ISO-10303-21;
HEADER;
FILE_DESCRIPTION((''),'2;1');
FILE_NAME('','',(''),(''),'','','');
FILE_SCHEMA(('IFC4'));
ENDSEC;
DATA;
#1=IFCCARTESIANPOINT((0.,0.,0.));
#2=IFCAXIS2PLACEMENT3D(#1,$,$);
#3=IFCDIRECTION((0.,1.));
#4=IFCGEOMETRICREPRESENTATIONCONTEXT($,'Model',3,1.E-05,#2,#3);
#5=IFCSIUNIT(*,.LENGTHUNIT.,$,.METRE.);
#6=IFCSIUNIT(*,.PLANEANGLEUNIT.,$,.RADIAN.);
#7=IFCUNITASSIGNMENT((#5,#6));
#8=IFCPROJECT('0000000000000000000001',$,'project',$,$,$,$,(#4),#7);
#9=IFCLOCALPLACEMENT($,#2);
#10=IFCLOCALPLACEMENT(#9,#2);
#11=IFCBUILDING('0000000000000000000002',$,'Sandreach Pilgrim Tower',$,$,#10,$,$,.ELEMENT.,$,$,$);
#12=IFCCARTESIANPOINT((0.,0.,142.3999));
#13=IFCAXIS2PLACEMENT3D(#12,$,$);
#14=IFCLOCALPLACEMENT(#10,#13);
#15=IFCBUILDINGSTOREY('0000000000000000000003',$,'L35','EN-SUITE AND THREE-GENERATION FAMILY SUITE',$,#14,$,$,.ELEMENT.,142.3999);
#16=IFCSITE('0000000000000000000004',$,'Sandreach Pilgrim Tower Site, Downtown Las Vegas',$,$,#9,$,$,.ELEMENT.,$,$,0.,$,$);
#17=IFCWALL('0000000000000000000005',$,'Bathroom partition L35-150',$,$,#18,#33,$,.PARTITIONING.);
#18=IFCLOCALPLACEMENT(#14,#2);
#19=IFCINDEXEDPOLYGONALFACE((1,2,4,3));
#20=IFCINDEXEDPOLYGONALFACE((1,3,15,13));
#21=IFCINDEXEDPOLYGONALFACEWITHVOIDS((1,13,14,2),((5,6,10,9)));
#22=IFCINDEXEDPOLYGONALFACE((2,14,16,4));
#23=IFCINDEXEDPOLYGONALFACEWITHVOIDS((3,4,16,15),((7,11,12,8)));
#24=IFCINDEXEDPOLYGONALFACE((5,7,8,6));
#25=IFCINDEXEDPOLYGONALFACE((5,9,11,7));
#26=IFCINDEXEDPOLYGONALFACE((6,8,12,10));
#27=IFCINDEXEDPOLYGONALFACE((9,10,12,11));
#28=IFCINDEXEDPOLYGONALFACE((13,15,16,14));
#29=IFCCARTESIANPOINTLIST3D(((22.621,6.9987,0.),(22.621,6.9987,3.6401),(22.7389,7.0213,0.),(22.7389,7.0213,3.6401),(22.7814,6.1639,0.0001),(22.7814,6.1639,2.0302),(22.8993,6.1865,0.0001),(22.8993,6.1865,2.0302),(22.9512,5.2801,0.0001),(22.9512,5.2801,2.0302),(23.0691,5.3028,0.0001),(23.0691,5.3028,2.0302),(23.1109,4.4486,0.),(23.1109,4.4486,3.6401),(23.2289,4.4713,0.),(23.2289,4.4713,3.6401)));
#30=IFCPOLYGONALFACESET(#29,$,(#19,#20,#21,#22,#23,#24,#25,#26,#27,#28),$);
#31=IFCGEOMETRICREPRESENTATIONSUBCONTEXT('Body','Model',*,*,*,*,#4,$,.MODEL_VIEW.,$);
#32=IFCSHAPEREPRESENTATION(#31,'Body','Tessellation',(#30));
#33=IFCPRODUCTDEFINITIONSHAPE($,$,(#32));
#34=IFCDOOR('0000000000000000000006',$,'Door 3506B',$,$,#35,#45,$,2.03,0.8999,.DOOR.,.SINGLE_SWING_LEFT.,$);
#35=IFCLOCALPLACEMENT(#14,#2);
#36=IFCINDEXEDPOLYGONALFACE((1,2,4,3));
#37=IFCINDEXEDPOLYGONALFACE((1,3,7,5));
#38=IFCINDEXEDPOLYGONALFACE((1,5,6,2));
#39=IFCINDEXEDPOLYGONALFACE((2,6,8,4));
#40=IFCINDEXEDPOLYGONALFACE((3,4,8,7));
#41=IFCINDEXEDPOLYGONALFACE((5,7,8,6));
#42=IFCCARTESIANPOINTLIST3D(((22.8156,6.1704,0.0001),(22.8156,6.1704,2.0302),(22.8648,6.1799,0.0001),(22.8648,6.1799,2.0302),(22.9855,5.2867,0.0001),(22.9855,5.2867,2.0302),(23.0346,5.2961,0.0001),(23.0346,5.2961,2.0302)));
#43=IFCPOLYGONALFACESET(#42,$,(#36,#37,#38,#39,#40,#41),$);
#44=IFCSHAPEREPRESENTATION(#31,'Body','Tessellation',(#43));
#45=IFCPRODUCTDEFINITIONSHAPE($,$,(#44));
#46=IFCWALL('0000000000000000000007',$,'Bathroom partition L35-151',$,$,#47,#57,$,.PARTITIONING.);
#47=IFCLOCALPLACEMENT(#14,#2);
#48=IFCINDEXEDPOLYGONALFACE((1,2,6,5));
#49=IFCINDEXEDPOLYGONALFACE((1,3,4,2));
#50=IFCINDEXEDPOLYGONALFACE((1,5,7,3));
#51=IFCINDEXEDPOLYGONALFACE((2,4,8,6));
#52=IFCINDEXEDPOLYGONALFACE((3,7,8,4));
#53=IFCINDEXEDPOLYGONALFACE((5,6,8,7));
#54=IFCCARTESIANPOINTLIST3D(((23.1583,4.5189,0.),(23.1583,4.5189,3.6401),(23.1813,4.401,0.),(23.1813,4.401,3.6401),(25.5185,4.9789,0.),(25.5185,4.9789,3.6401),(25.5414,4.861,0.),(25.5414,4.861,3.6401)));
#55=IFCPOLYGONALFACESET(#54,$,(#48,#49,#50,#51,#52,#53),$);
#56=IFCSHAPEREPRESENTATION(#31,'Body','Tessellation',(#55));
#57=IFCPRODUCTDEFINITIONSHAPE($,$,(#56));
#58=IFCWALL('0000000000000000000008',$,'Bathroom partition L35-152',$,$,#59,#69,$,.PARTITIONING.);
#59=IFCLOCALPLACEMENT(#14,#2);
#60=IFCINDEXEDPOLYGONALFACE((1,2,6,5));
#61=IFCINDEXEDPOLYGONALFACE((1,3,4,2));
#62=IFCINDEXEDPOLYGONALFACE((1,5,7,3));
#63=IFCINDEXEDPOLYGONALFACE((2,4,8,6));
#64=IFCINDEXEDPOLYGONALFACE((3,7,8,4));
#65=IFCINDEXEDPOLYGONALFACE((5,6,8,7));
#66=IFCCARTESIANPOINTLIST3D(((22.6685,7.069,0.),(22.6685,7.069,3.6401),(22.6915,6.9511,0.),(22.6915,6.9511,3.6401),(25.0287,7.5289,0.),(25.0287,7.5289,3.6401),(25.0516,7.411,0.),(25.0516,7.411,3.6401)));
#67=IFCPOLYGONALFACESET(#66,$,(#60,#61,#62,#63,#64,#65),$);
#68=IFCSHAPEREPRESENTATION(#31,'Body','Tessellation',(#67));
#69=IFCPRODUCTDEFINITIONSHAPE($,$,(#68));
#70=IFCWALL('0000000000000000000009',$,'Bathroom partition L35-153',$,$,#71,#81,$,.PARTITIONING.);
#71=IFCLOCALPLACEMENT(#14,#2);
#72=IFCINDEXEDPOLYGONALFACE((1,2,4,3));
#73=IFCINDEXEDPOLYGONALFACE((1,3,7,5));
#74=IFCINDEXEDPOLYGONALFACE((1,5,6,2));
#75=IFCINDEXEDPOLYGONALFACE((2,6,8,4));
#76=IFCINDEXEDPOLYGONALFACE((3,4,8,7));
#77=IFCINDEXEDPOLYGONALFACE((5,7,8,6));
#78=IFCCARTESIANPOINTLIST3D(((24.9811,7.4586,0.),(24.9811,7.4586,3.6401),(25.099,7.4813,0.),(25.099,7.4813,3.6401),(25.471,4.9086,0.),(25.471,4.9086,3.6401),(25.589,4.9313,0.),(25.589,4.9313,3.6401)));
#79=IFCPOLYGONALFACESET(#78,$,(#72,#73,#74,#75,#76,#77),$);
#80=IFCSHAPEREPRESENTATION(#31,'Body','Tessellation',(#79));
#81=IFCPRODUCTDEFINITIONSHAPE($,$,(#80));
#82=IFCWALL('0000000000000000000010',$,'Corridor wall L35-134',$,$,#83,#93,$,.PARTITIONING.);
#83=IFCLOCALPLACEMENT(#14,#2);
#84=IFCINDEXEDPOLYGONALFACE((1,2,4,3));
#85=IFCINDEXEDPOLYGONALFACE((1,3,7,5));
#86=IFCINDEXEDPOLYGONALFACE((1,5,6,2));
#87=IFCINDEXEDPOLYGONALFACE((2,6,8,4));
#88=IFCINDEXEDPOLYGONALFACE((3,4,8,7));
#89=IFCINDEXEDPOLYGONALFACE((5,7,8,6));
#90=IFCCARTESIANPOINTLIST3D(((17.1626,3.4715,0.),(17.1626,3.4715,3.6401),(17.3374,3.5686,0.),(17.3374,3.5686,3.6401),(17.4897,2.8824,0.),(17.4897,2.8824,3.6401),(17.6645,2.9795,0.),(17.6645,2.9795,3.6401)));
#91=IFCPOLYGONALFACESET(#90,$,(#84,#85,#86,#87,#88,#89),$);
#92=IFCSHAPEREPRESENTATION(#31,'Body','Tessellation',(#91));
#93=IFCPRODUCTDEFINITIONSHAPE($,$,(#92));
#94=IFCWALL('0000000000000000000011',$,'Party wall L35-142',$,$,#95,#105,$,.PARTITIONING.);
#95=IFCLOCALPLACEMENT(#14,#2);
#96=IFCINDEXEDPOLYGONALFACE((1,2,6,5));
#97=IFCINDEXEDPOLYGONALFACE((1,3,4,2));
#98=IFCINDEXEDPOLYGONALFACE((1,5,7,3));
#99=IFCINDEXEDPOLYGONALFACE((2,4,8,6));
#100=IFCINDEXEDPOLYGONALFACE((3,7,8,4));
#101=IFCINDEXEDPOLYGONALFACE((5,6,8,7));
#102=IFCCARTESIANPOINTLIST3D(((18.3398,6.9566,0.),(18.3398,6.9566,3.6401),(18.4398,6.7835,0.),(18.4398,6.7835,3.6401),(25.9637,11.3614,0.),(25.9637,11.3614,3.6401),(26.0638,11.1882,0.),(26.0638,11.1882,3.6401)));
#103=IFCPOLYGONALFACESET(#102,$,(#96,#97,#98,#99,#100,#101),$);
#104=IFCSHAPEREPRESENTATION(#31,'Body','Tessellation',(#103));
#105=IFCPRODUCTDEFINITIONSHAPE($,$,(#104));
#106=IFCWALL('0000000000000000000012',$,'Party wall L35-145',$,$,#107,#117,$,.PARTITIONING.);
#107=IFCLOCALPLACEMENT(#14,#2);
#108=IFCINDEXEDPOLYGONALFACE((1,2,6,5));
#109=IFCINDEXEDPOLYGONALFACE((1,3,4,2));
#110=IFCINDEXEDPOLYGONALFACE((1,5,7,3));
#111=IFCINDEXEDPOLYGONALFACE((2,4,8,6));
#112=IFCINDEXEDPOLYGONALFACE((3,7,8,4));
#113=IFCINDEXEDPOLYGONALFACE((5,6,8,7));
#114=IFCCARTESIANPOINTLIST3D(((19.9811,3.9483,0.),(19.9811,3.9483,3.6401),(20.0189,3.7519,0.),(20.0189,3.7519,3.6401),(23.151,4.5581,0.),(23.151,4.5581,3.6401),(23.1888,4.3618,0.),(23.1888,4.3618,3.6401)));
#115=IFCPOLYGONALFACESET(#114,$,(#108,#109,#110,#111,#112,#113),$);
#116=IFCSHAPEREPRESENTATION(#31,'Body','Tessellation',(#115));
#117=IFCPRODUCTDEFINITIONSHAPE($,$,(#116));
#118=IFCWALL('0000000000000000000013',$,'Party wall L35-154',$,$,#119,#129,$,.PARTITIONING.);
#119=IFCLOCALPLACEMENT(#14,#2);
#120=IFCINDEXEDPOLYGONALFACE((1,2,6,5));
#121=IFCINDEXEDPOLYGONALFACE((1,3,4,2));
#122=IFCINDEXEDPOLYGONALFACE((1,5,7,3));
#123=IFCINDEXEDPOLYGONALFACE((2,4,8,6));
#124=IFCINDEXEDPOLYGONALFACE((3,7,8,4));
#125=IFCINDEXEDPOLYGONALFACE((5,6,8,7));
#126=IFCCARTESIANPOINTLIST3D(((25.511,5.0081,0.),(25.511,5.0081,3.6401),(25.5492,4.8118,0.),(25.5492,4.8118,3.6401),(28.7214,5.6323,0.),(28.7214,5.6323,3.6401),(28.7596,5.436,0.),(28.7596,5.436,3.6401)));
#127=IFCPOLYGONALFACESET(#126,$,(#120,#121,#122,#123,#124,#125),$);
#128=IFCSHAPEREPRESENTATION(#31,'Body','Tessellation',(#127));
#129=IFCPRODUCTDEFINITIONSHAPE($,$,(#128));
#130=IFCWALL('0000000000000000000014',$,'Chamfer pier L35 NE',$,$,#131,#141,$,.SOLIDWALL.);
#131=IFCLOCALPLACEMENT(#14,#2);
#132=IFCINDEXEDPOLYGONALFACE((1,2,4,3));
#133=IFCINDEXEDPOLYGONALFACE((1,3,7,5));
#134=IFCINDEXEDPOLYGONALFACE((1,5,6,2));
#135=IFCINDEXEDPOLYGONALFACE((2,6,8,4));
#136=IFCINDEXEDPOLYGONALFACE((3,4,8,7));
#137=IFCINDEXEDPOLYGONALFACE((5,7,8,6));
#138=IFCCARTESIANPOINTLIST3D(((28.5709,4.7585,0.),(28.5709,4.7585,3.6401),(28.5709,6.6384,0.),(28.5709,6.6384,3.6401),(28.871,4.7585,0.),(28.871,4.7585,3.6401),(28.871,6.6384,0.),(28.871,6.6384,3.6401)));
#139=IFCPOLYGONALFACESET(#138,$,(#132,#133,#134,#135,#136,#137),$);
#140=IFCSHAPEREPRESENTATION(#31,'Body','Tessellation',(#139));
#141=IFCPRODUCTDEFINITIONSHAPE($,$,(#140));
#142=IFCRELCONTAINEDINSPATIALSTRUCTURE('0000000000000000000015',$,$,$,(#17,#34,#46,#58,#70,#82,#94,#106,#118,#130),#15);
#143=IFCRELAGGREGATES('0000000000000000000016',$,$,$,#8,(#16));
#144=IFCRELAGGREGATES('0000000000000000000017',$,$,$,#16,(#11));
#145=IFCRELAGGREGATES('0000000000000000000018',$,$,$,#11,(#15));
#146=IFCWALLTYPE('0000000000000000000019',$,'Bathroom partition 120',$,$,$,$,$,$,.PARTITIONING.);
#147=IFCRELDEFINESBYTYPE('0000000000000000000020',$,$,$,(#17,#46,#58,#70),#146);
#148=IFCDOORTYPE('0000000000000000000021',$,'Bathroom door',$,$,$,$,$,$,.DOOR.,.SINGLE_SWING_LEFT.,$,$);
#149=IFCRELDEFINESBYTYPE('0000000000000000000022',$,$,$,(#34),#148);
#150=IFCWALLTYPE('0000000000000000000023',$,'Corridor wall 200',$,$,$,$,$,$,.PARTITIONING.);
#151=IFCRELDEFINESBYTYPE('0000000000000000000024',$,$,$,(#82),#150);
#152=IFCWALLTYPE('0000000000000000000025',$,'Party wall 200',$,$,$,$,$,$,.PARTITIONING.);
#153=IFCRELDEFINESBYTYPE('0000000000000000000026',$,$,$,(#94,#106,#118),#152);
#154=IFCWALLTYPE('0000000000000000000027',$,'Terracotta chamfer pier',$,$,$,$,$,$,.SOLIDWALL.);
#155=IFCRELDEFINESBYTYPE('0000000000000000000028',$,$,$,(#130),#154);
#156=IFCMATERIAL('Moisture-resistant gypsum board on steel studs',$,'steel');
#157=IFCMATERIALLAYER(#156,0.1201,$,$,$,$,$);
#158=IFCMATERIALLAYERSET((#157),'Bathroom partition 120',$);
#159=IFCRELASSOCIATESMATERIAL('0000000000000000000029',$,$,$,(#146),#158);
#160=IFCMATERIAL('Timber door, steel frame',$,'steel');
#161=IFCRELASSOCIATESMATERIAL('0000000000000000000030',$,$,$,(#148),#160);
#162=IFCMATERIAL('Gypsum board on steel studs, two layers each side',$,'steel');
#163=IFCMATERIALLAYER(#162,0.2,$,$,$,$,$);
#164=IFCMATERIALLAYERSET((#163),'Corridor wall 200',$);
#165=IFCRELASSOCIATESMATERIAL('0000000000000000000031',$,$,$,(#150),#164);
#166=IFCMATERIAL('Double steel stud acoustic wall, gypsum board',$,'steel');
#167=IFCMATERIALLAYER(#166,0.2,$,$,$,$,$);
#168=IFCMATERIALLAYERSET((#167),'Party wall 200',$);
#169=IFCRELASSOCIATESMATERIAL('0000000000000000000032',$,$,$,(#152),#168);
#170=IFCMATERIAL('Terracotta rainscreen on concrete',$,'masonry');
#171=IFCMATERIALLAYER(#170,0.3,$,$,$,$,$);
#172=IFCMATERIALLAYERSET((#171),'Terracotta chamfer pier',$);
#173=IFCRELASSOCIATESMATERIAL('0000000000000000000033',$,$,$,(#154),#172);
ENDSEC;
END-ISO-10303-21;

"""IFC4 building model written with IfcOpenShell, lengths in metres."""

from ifc_helpers import new_model, si_unit, direction, frame, frame_2d, origin, place, context, subcontext, project, spatial, rectangle, extrude, material, layer, layer_set, type_object, element, fill, save


model = new_model("IFC4")

# Units and contexts
model_context = context("Model", 3, precision=1e-05, world=origin(), true_north=direction((0.0, 1.0)))
body_context = subcontext(model_context, "Body", "Model", "MODEL_VIEW")
ifc_project = project(units=[si_unit("LENGTHUNIT", "METRE"), si_unit("PLANEANGLEUNIT", "RADIAN")], contexts=[model_context])

# Site, building, storey
site_placement = place(None, origin())
site = spatial("IfcSite", under=ifc_project, at=site_placement, Name="Sandreach Pilgrim Tower Site, Downtown Las Vegas", CompositionType="ELEMENT", RefElevation=0.0)
building_placement = place(site_placement, origin())
building = spatial("IfcBuilding", under=site, at=building_placement, Name="Sandreach Pilgrim Tower", CompositionType="ELEMENT")
storey_placement = place(building_placement, frame((0.0, 0.0, 142.3999)))
storey = spatial("IfcBuildingStorey", under=building, at=storey_placement, Name="L35", Description="EN-SUITE AND THREE-GENERATION FAMILY SUITE", CompositionType="ELEMENT", Elevation=142.3999)

# Shared definitions
ifc_material_1 = material(Name="Moisture-resistant gypsum board on steel studs", Category="steel")
ifc_layer_1 = layer(ifc_material_1, 0.1201)
ifc_layer_set_1 = layer_set([ifc_layer_1], Name="Bathroom partition 120")
wall_type_1 = type_object("IfcWallType", Name="Bathroom partition 120", PredefinedType="PARTITIONING", material=ifc_layer_set_1)

# Wall, opening, door
ifc_material_2 = material(Name="Timber door, steel frame", Category="steel")
door_type = type_object("IfcDoorType", Name="Bathroom door", OperationType="SINGLE_SWING_LEFT", PredefinedType="DOOR", material=ifc_material_2)
wall_1_placement = place(storey_placement, frame((22.6799, 7.01, 0.0), z_axis=(0.0, 0.0, 1.0), x_axis=(0.188697, -0.982035, 0.0)))
wall_1 = element("IfcWall", 1, at=wall_1_placement, inside=storey, type_object=wall_type_1, Name="Bathroom partition L35-150", PredefinedType="PARTITIONING", context=body_context, shape_type="SweptSolid", body=[
    extrude(rectangle(XDim=2.5967, YDim=0.1201, at=frame_2d((1.2983, 0.0))), origin(), (0.0, 0.0, 1.0), 3.6401),
])
opening_1_placement = place(wall_1_placement, frame((0.8501, 0.0, 0.0)))
opening_1 = element("IfcOpeningElement", 2, at=opening_1_placement, cuts=wall_1, PredefinedType="OPENING", context=body_context, shape_type="SweptSolid", body=[
    extrude(rectangle(XDim=0.8999, YDim=2.03, at=frame_2d((0.45, 1.0151))), frame((0.0, 0.0601, 0.0), z_axis=(0.0, -1.0, 0.0), x_axis=(1.0, 0.0, 0.0)), (0.0, 0.0, 1.0), 0.1201),
])
door_1_placement = place(opening_1_placement, origin())
door_1 = element("IfcDoor", 3, at=door_1_placement, inside=storey, type_object=door_type, Name="Door 3506B", OperationType="SINGLE_SWING_LEFT", OverallHeight=2.03, OverallWidth=0.8999, PredefinedType="DOOR", context=body_context, shape_type="SweptSolid", body=[
    extrude(rectangle(XDim=0.8999, YDim=2.03, at=frame_2d((0.45, 1.0151))), frame((0.0, 0.0249, 0.0), z_axis=(0.0, -1.0, 0.0), x_axis=(1.0, 0.0, 0.0)), (0.0, 0.0, 1.0), 0.05),
])
fill(opening_1, door_1)

# Walls
for number, where, z_axis, x_axis, name in (
    (4, (23.1699, 4.46, 0.0), (0.0, 0.0, 1.0), (0.981533, 0.191291, 0.0), "Bathroom partition L35-151"),
    (5, (25.04, 7.47, 0.0), (0.0, 0.0, 1.0), (-0.981533, -0.191291, 0.0), "Bathroom partition L35-152"),
):
    element("IfcWall", number, at=place(storey_placement, frame(where, z_axis=z_axis, x_axis=x_axis)), inside=storey, type_object=wall_type_1, Name=name, PredefinedType="PARTITIONING", context=body_context, shape_type="SweptSolid", body=[
        extrude(rectangle(XDim=2.4045, YDim=0.1201, at=frame_2d((1.2021, 0.0))), origin(), (0.0, 0.0, 1.0), 3.6401),
    ])
wall_2_placement = place(storey_placement, frame((25.53, 4.9199, 0.0), z_axis=(0.0, 0.0, 1.0), x_axis=(-0.188697, 0.982035, 0.0)))
element("IfcWall", 6, at=wall_2_placement, inside=storey, type_object=wall_type_1, Name="Bathroom partition L35-153", PredefinedType="PARTITIONING", context=body_context, shape_type="SweptSolid", body=[
    extrude(rectangle(XDim=2.5967, YDim=0.1201, at=frame_2d((1.2983, 0.0))), origin(), (0.0, 0.0, 1.0), 3.6401),
])
ifc_material_3 = material(Name="Gypsum board on steel studs, two layers each side", Category="steel")
ifc_layer_2 = layer(ifc_material_3, 0.2)
ifc_layer_set_2 = layer_set([ifc_layer_2], Name="Corridor wall 200")
wall_type_2 = type_object("IfcWallType", Name="Corridor wall 200", PredefinedType="PARTITIONING", material=ifc_layer_set_2)
wall_3_placement = place(storey_placement, frame((17.25, 3.52, 0.0), z_axis=(0.0, 0.0, 1.0), x_axis=(0.485489, -0.874243, 0.0)))
element("IfcWall", 7, at=wall_3_placement, inside=storey, type_object=wall_type_2, Name="Corridor wall L35-134", PredefinedType="PARTITIONING", context=body_context, shape_type="SweptSolid", body=[
    extrude(rectangle(XDim=0.6738, YDim=0.2, at=frame_2d((0.3369, 0.0))), origin(), (0.0, 0.0, 1.0), 3.6401),
])
ifc_material_4 = material(Name="Double steel stud acoustic wall, gypsum board", Category="steel")
ifc_layer_3 = layer(ifc_material_4, 0.2)
ifc_layer_set_3 = layer_set([ifc_layer_3], Name="Party wall 200")
wall_type_3 = type_object("IfcWallType", Name="Party wall 200", PredefinedType="PARTITIONING", material=ifc_layer_set_3)
wall_4_placement = place(storey_placement, frame((18.3899, 6.8701, 0.0), z_axis=(0.0, 0.0, 1.0), x_axis=(0.865875, 0.50026, 0.0)))
element("IfcWall", 8, at=wall_4_placement, inside=storey, type_object=wall_type_3, Name="Party wall L35-142", PredefinedType="PARTITIONING", context=body_context, shape_type="SweptSolid", body=[
    extrude(rectangle(XDim=8.8049, YDim=0.2, at=frame_2d((4.4023, 0.0))), origin(), (0.0, 0.0, 1.0), 3.6401),
])
wall_5_placement = place(storey_placement, frame((20.0, 3.8501, 0.0), z_axis=(0.0, 0.0, 1.0), x_axis=(0.981991, 0.188926, 0.0)))
element("IfcWall", 9, at=wall_5_placement, inside=storey, type_object=wall_type_3, Name="Party wall L35-145", PredefinedType="PARTITIONING", context=body_context, shape_type="SweptSolid", body=[
    extrude(rectangle(XDim=3.228, YDim=0.2, at=frame_2d((1.614, 0.0))), origin(), (0.0, 0.0, 1.0), 3.6401),
])
wall_6_placement = place(storey_placement, frame((28.7405, 5.5342, 0.0), z_axis=(0.0, 0.0, 1.0), x_axis=(-0.981615, -0.190874, 0.0)))
element("IfcWall", 10, at=wall_6_placement, inside=storey, type_object=wall_type_3, Name="Party wall L35-154", PredefinedType="PARTITIONING", context=body_context, shape_type="SweptSolid", body=[
    extrude(rectangle(XDim=3.2705, YDim=0.2, at=frame_2d((1.6353, 0.0))), origin(), (0.0, 0.0, 1.0), 3.6401),
])
ifc_material_5 = material(Name="Terracotta rainscreen on concrete", Category="masonry")
ifc_layer_4 = layer(ifc_material_5, 0.3)
ifc_layer_set_4 = layer_set([ifc_layer_4], Name="Terracotta chamfer pier")
wall_type_4 = type_object("IfcWallType", Name="Terracotta chamfer pier", PredefinedType="SOLIDWALL", material=ifc_layer_set_4)
wall_7_placement = place(storey_placement, frame((28.7209, 6.6384, 0.0), z_axis=(0.0, 0.0, 1.0), x_axis=(0.0, -1.0, 0.0)))
element("IfcWall", 11, at=wall_7_placement, inside=storey, type_object=wall_type_4, Name="Chamfer pier L35 NE", PredefinedType="SOLIDWALL", context=body_context, shape_type="SweptSolid", body=[
    extrude(rectangle(XDim=1.8799, YDim=0.3, at=frame_2d((0.9399, 0.0))), origin(), (0.0, 0.0, 1.0), 3.6401),
])

save(model, "model.ifc")
